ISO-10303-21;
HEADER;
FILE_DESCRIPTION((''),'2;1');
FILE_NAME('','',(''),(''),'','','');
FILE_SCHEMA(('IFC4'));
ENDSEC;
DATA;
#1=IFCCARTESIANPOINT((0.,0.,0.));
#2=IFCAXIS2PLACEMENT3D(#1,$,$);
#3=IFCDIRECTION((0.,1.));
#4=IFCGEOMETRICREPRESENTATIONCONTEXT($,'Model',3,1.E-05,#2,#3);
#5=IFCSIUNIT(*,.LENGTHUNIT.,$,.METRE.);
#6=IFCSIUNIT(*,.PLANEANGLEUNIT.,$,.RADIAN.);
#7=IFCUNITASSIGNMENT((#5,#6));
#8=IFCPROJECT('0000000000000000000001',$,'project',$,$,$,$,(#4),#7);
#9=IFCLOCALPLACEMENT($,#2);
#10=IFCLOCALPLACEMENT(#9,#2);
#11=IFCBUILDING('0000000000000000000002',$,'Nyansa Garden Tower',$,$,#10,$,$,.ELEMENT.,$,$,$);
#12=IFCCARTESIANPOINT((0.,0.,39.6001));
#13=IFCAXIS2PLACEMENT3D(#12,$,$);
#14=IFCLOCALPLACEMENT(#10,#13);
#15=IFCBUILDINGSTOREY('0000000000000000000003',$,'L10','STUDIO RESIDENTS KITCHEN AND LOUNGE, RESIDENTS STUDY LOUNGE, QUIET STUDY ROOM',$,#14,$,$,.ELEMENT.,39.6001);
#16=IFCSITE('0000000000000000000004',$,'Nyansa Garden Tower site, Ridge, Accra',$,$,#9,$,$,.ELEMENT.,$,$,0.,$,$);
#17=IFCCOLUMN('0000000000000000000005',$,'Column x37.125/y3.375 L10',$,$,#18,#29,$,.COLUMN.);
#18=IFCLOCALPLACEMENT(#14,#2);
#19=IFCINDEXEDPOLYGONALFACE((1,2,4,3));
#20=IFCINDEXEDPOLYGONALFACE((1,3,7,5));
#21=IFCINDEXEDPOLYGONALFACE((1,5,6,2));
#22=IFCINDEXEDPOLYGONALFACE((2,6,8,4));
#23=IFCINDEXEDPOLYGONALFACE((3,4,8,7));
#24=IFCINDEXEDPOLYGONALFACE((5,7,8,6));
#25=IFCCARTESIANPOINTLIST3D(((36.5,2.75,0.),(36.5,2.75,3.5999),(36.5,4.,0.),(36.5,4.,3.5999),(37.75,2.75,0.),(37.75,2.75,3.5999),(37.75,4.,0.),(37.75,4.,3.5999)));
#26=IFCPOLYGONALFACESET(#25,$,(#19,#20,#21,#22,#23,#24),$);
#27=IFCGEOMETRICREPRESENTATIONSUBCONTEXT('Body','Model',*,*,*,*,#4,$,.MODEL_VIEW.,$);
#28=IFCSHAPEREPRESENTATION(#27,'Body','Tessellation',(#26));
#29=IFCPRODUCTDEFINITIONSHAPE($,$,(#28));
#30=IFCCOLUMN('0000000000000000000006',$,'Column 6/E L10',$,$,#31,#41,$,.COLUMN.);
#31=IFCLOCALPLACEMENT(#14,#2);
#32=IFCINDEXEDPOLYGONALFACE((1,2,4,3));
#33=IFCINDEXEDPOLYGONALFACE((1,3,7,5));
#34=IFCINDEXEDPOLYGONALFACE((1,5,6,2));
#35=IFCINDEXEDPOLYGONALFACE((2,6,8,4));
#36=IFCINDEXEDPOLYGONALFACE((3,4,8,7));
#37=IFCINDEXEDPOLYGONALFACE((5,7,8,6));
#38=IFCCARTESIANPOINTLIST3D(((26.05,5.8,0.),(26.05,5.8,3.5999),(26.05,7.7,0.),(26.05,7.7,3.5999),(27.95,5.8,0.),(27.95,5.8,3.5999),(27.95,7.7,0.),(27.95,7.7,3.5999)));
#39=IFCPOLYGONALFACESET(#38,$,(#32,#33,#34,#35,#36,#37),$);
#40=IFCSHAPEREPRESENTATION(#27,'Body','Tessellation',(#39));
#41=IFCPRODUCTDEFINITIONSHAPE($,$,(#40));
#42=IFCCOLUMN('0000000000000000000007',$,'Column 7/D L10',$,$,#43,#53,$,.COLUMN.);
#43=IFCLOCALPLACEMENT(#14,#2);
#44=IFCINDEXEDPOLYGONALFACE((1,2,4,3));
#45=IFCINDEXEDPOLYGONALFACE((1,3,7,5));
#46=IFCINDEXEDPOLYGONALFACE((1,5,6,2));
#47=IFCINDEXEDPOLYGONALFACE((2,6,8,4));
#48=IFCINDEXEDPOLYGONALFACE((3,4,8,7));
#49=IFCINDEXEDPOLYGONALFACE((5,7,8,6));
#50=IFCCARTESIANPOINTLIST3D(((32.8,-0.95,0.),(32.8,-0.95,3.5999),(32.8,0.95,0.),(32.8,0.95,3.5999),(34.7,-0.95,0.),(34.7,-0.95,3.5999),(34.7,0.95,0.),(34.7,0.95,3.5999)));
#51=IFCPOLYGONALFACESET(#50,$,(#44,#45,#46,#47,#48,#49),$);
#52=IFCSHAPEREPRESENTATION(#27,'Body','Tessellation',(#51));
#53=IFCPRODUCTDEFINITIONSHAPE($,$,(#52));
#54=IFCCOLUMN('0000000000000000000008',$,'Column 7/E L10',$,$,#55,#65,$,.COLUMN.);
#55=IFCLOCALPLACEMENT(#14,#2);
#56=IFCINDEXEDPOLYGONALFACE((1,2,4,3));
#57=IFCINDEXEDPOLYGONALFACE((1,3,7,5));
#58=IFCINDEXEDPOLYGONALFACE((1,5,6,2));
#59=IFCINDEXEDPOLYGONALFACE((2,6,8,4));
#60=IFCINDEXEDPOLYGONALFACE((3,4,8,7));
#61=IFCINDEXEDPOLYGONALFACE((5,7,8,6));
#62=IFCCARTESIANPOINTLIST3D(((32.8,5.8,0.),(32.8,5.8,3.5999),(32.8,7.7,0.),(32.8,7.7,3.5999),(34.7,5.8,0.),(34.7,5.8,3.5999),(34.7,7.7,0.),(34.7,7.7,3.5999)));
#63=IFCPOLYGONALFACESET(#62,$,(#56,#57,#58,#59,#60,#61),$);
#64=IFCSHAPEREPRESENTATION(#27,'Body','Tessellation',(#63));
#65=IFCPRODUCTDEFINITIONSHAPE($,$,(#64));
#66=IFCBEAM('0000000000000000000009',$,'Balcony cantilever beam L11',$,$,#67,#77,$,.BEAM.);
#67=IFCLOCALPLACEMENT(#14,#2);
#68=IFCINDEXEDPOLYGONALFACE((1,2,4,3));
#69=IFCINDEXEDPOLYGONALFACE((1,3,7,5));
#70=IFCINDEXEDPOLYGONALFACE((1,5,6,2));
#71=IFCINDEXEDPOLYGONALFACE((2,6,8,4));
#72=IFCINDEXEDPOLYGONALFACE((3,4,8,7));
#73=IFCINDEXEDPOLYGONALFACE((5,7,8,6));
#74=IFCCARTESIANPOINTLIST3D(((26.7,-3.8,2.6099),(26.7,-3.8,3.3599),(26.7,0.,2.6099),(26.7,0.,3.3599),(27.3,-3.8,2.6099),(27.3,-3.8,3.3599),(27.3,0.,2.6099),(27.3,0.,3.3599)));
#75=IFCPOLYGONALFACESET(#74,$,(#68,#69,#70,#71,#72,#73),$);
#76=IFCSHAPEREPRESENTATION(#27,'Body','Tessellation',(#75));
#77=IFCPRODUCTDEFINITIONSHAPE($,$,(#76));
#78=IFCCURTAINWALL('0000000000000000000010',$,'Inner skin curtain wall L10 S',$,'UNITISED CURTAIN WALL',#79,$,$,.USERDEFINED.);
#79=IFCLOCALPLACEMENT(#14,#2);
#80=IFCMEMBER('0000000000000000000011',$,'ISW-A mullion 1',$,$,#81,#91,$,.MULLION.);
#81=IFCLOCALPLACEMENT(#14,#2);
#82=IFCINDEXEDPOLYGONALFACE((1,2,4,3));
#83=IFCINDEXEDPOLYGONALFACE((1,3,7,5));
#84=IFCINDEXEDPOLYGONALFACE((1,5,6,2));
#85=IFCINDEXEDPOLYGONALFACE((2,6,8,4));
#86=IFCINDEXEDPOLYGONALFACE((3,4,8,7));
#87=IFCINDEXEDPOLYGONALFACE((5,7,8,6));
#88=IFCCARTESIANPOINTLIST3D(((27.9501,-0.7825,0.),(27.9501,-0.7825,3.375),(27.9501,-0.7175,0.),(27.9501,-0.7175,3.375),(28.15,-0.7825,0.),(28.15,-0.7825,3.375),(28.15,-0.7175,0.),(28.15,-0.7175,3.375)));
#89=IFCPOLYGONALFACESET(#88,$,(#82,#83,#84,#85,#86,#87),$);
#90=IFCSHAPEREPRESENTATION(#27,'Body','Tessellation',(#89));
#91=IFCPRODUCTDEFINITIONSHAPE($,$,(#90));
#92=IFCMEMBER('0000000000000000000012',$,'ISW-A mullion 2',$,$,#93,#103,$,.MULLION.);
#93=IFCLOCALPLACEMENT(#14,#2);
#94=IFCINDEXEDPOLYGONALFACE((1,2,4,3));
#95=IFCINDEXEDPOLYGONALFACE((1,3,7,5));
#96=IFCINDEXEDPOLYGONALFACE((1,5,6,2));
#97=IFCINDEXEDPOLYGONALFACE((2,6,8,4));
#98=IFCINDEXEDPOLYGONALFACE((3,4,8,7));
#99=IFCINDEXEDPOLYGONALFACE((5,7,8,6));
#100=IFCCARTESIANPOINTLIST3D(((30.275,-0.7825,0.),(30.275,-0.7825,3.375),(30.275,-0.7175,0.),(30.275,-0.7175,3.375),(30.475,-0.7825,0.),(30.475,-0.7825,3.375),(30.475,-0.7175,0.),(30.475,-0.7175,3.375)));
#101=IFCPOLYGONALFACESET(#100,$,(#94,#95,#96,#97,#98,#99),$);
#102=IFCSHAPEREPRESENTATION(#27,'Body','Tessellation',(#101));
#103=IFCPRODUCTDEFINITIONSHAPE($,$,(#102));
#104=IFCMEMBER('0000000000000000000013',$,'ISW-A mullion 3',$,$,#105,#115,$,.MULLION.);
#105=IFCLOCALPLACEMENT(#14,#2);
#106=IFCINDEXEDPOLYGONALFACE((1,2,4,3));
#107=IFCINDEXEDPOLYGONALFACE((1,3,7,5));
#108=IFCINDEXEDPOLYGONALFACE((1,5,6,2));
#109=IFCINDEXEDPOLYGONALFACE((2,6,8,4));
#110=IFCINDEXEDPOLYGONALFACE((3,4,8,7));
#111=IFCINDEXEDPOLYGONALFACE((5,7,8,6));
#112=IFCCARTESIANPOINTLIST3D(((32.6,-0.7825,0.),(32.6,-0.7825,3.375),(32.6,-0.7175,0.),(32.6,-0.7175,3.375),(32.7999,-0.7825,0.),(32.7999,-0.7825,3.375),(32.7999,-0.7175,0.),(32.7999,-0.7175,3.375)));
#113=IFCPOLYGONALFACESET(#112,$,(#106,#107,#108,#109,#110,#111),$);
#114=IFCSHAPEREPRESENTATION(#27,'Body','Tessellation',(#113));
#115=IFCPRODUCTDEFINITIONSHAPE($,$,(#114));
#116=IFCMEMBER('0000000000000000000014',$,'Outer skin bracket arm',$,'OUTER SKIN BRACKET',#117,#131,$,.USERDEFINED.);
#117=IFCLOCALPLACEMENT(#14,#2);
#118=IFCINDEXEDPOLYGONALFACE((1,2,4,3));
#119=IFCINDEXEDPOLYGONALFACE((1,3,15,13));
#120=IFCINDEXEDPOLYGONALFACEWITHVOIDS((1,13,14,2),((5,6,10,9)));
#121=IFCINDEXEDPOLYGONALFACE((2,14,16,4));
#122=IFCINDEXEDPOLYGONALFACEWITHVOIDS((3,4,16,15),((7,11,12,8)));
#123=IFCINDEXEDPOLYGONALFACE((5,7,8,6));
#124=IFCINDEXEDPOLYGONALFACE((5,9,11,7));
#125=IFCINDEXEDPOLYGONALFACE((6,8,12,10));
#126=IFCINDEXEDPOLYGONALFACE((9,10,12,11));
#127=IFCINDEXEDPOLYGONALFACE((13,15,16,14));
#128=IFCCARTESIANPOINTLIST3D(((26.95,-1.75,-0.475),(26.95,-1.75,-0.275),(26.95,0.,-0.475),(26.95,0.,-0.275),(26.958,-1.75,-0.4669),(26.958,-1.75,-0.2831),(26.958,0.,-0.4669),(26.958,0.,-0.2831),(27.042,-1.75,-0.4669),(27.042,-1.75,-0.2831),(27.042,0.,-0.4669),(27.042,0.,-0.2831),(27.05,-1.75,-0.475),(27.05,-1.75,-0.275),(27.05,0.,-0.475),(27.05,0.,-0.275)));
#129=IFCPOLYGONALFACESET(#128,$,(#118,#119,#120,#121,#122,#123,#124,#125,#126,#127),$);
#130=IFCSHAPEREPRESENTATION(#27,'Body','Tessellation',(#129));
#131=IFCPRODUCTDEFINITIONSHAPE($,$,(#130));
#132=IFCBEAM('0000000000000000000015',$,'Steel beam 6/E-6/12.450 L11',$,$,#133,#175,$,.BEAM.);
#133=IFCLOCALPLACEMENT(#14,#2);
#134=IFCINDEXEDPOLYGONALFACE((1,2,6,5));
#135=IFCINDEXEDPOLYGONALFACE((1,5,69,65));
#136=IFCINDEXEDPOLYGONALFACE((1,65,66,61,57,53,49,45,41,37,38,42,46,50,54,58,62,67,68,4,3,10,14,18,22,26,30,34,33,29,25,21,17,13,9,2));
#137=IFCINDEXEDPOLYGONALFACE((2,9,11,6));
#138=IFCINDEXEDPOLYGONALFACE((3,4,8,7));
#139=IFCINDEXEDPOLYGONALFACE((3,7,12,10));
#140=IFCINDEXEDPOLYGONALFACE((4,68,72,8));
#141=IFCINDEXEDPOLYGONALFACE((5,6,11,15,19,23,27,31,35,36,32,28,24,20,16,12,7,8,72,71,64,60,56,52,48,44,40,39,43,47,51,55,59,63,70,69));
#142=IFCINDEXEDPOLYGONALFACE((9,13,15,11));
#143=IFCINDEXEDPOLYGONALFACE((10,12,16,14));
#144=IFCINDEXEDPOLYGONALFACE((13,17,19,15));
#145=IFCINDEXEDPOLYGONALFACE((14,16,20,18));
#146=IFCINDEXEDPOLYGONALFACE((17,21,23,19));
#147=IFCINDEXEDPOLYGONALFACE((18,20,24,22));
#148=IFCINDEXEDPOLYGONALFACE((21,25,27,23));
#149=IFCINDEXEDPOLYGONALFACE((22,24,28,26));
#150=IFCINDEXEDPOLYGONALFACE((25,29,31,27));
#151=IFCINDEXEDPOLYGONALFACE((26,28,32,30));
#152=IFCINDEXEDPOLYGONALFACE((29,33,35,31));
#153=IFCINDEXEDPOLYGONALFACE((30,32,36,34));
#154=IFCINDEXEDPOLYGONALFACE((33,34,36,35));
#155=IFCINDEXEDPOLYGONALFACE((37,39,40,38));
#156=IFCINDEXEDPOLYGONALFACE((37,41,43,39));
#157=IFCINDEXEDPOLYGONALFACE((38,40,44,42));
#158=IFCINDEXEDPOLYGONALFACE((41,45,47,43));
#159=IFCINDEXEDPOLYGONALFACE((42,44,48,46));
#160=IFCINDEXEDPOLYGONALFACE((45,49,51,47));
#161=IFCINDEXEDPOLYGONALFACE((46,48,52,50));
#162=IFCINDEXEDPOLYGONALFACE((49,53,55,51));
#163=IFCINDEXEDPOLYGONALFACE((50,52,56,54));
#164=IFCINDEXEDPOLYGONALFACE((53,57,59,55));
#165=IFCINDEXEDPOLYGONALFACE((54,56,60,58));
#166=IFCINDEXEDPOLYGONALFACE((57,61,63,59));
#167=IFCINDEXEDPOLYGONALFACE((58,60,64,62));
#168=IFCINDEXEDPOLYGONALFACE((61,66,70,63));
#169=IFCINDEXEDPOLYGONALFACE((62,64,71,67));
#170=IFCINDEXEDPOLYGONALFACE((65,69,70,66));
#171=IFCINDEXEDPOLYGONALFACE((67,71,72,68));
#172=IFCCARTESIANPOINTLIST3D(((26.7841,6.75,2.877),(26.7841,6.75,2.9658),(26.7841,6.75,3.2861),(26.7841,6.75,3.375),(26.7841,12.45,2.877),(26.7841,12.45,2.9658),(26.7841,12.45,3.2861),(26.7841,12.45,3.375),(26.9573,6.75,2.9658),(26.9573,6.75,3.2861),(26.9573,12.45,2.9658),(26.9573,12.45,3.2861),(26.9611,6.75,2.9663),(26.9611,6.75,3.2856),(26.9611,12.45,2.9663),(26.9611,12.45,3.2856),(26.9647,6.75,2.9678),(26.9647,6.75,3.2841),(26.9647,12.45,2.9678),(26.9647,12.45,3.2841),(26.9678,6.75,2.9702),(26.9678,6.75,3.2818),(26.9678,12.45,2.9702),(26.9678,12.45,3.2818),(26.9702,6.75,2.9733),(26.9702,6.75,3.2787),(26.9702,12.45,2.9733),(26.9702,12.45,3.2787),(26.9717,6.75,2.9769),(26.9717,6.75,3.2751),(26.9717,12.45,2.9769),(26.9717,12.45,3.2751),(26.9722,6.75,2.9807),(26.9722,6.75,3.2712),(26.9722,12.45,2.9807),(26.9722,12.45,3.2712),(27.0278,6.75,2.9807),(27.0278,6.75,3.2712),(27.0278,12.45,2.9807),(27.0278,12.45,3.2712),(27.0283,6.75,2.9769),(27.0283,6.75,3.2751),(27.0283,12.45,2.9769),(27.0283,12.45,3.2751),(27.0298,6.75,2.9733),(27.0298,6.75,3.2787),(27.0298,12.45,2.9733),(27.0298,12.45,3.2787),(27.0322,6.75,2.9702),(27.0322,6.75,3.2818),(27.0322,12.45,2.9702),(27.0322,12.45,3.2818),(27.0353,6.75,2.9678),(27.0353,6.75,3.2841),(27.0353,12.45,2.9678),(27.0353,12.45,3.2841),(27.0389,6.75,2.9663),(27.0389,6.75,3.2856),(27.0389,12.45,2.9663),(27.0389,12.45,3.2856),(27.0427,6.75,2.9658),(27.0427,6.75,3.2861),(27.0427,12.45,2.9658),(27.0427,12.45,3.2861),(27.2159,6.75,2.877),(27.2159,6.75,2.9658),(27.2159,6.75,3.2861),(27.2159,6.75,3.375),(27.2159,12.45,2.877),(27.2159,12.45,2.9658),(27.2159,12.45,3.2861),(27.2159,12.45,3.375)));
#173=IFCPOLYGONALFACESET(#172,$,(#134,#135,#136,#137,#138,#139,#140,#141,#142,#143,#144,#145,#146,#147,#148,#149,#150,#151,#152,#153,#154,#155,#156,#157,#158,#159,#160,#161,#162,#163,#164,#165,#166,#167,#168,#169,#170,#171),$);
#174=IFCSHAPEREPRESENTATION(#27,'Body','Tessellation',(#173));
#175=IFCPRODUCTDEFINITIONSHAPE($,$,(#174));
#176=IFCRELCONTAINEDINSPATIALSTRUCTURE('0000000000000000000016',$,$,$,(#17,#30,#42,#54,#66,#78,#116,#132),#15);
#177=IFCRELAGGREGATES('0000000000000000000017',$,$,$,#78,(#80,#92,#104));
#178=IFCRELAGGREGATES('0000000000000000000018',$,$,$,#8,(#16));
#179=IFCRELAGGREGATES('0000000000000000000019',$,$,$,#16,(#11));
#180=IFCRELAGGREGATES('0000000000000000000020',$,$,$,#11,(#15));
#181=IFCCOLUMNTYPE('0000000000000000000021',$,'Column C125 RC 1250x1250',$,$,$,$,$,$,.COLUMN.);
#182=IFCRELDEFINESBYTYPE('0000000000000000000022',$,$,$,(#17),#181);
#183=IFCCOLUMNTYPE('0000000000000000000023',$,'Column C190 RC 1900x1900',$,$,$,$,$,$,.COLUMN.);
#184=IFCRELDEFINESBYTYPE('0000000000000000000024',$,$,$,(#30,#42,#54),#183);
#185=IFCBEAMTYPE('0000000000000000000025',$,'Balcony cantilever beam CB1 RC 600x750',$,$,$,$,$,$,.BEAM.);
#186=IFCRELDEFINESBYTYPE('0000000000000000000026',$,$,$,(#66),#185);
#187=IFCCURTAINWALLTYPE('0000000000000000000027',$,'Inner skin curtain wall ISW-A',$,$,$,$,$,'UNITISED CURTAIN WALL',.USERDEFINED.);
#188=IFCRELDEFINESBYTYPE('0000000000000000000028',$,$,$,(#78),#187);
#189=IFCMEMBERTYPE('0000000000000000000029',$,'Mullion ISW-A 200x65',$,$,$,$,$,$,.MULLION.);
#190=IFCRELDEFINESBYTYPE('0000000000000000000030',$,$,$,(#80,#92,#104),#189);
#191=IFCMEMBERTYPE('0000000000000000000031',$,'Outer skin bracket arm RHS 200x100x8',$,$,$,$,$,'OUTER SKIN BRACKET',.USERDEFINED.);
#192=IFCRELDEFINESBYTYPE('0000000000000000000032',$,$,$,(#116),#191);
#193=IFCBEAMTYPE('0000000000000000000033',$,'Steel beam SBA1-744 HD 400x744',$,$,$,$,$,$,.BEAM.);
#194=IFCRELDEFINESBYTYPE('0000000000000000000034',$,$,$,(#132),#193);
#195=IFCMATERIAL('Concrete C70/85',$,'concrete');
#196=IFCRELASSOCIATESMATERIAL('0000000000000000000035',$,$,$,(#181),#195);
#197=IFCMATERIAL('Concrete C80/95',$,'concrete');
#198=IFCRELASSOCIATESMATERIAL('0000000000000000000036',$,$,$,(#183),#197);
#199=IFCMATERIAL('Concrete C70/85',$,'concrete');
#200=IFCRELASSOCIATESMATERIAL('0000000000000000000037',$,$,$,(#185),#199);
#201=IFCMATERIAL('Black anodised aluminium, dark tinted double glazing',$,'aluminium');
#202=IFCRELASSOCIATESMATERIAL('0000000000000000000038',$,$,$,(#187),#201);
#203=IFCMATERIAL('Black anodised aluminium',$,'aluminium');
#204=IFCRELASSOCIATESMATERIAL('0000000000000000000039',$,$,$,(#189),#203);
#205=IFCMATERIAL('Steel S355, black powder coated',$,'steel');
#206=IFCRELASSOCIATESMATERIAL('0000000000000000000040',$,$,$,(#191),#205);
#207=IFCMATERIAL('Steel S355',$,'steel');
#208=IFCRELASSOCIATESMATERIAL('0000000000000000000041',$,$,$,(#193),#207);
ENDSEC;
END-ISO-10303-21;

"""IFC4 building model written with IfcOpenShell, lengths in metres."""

from ifc_helpers import new_model, si_unit, direction, frame, origin, origin_2d, place, context, subcontext, project, spatial, rectangle, hollow_rectangle, i_section, extrude, material, material_profile, profile_set, type_object, element, aggregate, save


model = new_model("IFC4")

# Units and contexts
model_context = context("Model", 3, precision=1e-05, world=origin(), true_north=direction((0.0, 1.0)))
body_context = subcontext(model_context, "Body", "Model", "MODEL_VIEW")
ifc_project = project(units=[si_unit("LENGTHUNIT", "METRE"), si_unit("PLANEANGLEUNIT", "RADIAN")], contexts=[model_context])

# Site, building, storey
site_placement = place(None, origin())
site = spatial("IfcSite", under=ifc_project, at=site_placement, Name="Nyansa Garden Tower site, Ridge, Accra", CompositionType="ELEMENT", RefElevation=0.0)
building_placement = place(site_placement, origin())
building = spatial("IfcBuilding", under=site, at=building_placement, Name="Nyansa Garden Tower", CompositionType="ELEMENT")
storey_placement = place(building_placement, frame((0.0, 0.0, 39.6001)))
storey = spatial("IfcBuildingStorey", under=building, at=storey_placement, Name="L10", Description="STUDIO RESIDENTS KITCHEN AND LOUNGE, RESIDENTS STUDY LOUNGE, QUIET STUDY ROOM", CompositionType="ELEMENT", Elevation=39.6001)

# Columns
ifc_material_1 = material(Name="Concrete C70/85", Category="concrete")
ifc_material_profile_1 = material_profile(ifc_material_1, rectangle(XDim=1.25, YDim=1.25, at=origin_2d()), Name="RC 1250x1250")
ifc_profile_set_1 = profile_set([ifc_material_profile_1], Name="Concrete C70/85")
column_type_1 = type_object("IfcColumnType", Name="Column C125 RC 1250x1250", PredefinedType="COLUMN", material=ifc_profile_set_1)
column_placement = place(storey_placement, frame((37.125, 3.375, 0.0), z_axis=(0.0, 0.0, 1.0), x_axis=(1.0, 0.0, 0.0)))
element("IfcColumn", 1, at=column_placement, inside=storey, type_object=column_type_1, Name="Column x37.125/y3.375 L10", PredefinedType="COLUMN", context=body_context, shape_type="SweptSolid", body=[
    extrude(rectangle(XDim=1.25, YDim=1.25, at=origin_2d()), origin(), (0.0, 0.0, 1.0), 3.5999),
])
ifc_material_2 = material(Name="Concrete C80/95", Category="concrete")
ifc_material_profile_2 = material_profile(ifc_material_2, rectangle(XDim=1.8999, YDim=1.8999, at=origin_2d()), Name="RC 1900x1900")
ifc_profile_set_2 = profile_set([ifc_material_profile_2], Name="Concrete C80/95")
column_type_2 = type_object("IfcColumnType", Name="Column C190 RC 1900x1900", PredefinedType="COLUMN", material=ifc_profile_set_2)
for number, where, z_axis, x_axis, name in (
    (2, (27.0, 6.75, 0.0), (0.0, 0.0, 1.0), (1.0, 0.0, 0.0), "Column 6/E L10"),
    (3, (33.75, 0.0, 0.0), (0.0, 0.0, 1.0), (1.0, 0.0, 0.0), "Column 7/D L10"),
    (4, (33.75, 6.75, 0.0), (0.0, 0.0, 1.0), (1.0, 0.0, 0.0), "Column 7/E L10"),
):
    element("IfcColumn", number, at=place(storey_placement, frame(where, z_axis=z_axis, x_axis=x_axis)), inside=storey, type_object=column_type_2, Name=name, PredefinedType="COLUMN", context=body_context, shape_type="SweptSolid", body=[
        extrude(rectangle(XDim=1.8999, YDim=1.8999, at=origin_2d()), origin(), (0.0, 0.0, 1.0), 3.5999),
    ])

# Beam
ifc_material_3 = material(Name="Concrete C70/85", Category="concrete")
ifc_material_profile_3 = material_profile(ifc_material_3, rectangle(XDim=0.6001, YDim=0.75, at=origin_2d()), Name="RC 600x750")
ifc_profile_set_3 = profile_set([ifc_material_profile_3], Name="Concrete C70/85")
beam_type_1 = type_object("IfcBeamType", Name="Balcony cantilever beam CB1 RC 600x750", PredefinedType="BEAM", material=ifc_profile_set_3)
beam_1_placement = place(storey_placement, frame((27.0, 0.0, 2.9849), z_axis=(0.0, -1.0, 0.0), x_axis=(1.0, 0.0, 0.0)))
element("IfcBeam", 5, at=beam_1_placement, inside=storey, type_object=beam_type_1, Name="Balcony cantilever beam L11", PredefinedType="BEAM", context=body_context, shape_type="SweptSolid", body=[
    extrude(rectangle(XDim=0.6001, YDim=0.75, at=origin_2d()), origin(), (0.0, 0.0, 1.0), 3.8),
])

# Curtain wall, members
ifc_material_4 = material(Name="Black anodised aluminium, dark tinted double glazing", Category="aluminium")
curtain_wall_type = type_object("IfcCurtainWallType", Name="Inner skin curtain wall ISW-A", ElementType="UNITISED CURTAIN WALL", PredefinedType="USERDEFINED", material=ifc_material_4)
curtain_wall_placement = place(storey_placement, origin())
curtain_wall = element("IfcCurtainWall", 6, at=curtain_wall_placement, inside=storey, type_object=curtain_wall_type, Name="Inner skin curtain wall L10 S", ObjectType="UNITISED CURTAIN WALL", PredefinedType="USERDEFINED")
ifc_material_5 = material(Name="Black anodised aluminium", Category="aluminium")
ifc_material_profile_4 = material_profile(ifc_material_5, rectangle(XDim=0.0649, YDim=0.2, at=origin_2d()), Name="Mullion 200x65")
ifc_profile_set_4 = profile_set([ifc_material_profile_4], Name="Black anodised aluminium")
member_type_1 = type_object("IfcMemberType", Name="Mullion ISW-A 200x65", PredefinedType="MULLION", material=ifc_profile_set_4)
member_1_placement = place(storey_placement, frame((28.05, -0.75, 0.0), z_axis=(0.0, 0.0, 1.0), x_axis=(0.0, 1.0, 0.0)))
member_1 = element("IfcMember", 7, at=member_1_placement, type_object=member_type_1, Name="ISW-A mullion 1", PredefinedType="MULLION", context=body_context, shape_type="SweptSolid", body=[
    extrude(rectangle(XDim=0.0649, YDim=0.2, at=origin_2d()), origin(), (0.0, 0.0, 1.0), 3.375),
])
member_2_placement = place(storey_placement, frame((30.375, -0.75, 0.0), z_axis=(0.0, 0.0, 1.0), x_axis=(0.0, 1.0, 0.0)))
member_2 = element("IfcMember", 8, at=member_2_placement, type_object=member_type_1, Name="ISW-A mullion 2", PredefinedType="MULLION", context=body_context, shape_type="SweptSolid", body=[
    extrude(rectangle(XDim=0.0649, YDim=0.2, at=origin_2d()), origin(), (0.0, 0.0, 1.0), 3.375),
])
member_3_placement = place(storey_placement, frame((32.7, -0.75, 0.0), z_axis=(0.0, 0.0, 1.0), x_axis=(0.0, 1.0, 0.0)))
member_3 = element("IfcMember", 9, at=member_3_placement, type_object=member_type_1, Name="ISW-A mullion 3", PredefinedType="MULLION", context=body_context, shape_type="SweptSolid", body=[
    extrude(rectangle(XDim=0.0649, YDim=0.2, at=origin_2d()), origin(), (0.0, 0.0, 1.0), 3.375),
])

# Member
ifc_material_6 = material(Name="Steel S355, black powder coated", Category="steel")
ifc_material_profile_5 = material_profile(ifc_material_6, hollow_rectangle(XDim=0.1001, YDim=0.2, WallThickness=0.0081, at=origin_2d()), Name="RHS 200x100x8")
ifc_profile_set_5 = profile_set([ifc_material_profile_5], Name="Steel S355, black powder coated")
member_type_2 = type_object("IfcMemberType", Name="Outer skin bracket arm RHS 200x100x8", ElementType="OUTER SKIN BRACKET", PredefinedType="USERDEFINED", material=ifc_profile_set_5)
member_4_placement = place(storey_placement, frame((27.0, 0.0, -0.375), z_axis=(0.0, -1.0, 0.0), x_axis=(1.0, 0.0, 0.0)))
element("IfcMember", 10, at=member_4_placement, inside=storey, type_object=member_type_2, Name="Outer skin bracket arm", ObjectType="OUTER SKIN BRACKET", PredefinedType="USERDEFINED", context=body_context, shape_type="SweptSolid", body=[
    extrude(hollow_rectangle(XDim=0.1001, YDim=0.2, WallThickness=0.0081, at=origin_2d()), origin(), (0.0, 0.0, 1.0), 1.75),
])

# Beam
ifc_material_7 = material(Name="Steel S355", Category="steel")
ifc_material_profile_6 = material_profile(ifc_material_7, i_section(OverallWidth=0.4319, OverallDepth=0.498, WebThickness=0.0557, FlangeThickness=0.0889, FilletRadius=0.0149, at=origin_2d()), Name="HD 400x744")
ifc_profile_set_6 = profile_set([ifc_material_profile_6], Name="Steel S355")
beam_type_2 = type_object("IfcBeamType", Name="Steel beam SBA1-744 HD 400x744", PredefinedType="BEAM", material=ifc_profile_set_6)
beam_2_placement = place(storey_placement, frame((27.0, 6.75, 3.126), z_axis=(0.0, 1.0, 0.0), x_axis=(-1.0, 0.0, 0.0)))
element("IfcBeam", 11, at=beam_2_placement, inside=storey, type_object=beam_type_2, Name="Steel beam 6/E-6/12.450 L11", PredefinedType="BEAM", context=body_context, shape_type="SweptSolid", body=[
    extrude(i_section(OverallWidth=0.4319, OverallDepth=0.498, WebThickness=0.0557, FlangeThickness=0.0889, FilletRadius=0.0149, at=origin_2d()), origin(), (0.0, 0.0, 1.0), 5.7),
])

aggregate(curtain_wall, [member_1, member_2, member_3])

save(model, "model.ifc")
